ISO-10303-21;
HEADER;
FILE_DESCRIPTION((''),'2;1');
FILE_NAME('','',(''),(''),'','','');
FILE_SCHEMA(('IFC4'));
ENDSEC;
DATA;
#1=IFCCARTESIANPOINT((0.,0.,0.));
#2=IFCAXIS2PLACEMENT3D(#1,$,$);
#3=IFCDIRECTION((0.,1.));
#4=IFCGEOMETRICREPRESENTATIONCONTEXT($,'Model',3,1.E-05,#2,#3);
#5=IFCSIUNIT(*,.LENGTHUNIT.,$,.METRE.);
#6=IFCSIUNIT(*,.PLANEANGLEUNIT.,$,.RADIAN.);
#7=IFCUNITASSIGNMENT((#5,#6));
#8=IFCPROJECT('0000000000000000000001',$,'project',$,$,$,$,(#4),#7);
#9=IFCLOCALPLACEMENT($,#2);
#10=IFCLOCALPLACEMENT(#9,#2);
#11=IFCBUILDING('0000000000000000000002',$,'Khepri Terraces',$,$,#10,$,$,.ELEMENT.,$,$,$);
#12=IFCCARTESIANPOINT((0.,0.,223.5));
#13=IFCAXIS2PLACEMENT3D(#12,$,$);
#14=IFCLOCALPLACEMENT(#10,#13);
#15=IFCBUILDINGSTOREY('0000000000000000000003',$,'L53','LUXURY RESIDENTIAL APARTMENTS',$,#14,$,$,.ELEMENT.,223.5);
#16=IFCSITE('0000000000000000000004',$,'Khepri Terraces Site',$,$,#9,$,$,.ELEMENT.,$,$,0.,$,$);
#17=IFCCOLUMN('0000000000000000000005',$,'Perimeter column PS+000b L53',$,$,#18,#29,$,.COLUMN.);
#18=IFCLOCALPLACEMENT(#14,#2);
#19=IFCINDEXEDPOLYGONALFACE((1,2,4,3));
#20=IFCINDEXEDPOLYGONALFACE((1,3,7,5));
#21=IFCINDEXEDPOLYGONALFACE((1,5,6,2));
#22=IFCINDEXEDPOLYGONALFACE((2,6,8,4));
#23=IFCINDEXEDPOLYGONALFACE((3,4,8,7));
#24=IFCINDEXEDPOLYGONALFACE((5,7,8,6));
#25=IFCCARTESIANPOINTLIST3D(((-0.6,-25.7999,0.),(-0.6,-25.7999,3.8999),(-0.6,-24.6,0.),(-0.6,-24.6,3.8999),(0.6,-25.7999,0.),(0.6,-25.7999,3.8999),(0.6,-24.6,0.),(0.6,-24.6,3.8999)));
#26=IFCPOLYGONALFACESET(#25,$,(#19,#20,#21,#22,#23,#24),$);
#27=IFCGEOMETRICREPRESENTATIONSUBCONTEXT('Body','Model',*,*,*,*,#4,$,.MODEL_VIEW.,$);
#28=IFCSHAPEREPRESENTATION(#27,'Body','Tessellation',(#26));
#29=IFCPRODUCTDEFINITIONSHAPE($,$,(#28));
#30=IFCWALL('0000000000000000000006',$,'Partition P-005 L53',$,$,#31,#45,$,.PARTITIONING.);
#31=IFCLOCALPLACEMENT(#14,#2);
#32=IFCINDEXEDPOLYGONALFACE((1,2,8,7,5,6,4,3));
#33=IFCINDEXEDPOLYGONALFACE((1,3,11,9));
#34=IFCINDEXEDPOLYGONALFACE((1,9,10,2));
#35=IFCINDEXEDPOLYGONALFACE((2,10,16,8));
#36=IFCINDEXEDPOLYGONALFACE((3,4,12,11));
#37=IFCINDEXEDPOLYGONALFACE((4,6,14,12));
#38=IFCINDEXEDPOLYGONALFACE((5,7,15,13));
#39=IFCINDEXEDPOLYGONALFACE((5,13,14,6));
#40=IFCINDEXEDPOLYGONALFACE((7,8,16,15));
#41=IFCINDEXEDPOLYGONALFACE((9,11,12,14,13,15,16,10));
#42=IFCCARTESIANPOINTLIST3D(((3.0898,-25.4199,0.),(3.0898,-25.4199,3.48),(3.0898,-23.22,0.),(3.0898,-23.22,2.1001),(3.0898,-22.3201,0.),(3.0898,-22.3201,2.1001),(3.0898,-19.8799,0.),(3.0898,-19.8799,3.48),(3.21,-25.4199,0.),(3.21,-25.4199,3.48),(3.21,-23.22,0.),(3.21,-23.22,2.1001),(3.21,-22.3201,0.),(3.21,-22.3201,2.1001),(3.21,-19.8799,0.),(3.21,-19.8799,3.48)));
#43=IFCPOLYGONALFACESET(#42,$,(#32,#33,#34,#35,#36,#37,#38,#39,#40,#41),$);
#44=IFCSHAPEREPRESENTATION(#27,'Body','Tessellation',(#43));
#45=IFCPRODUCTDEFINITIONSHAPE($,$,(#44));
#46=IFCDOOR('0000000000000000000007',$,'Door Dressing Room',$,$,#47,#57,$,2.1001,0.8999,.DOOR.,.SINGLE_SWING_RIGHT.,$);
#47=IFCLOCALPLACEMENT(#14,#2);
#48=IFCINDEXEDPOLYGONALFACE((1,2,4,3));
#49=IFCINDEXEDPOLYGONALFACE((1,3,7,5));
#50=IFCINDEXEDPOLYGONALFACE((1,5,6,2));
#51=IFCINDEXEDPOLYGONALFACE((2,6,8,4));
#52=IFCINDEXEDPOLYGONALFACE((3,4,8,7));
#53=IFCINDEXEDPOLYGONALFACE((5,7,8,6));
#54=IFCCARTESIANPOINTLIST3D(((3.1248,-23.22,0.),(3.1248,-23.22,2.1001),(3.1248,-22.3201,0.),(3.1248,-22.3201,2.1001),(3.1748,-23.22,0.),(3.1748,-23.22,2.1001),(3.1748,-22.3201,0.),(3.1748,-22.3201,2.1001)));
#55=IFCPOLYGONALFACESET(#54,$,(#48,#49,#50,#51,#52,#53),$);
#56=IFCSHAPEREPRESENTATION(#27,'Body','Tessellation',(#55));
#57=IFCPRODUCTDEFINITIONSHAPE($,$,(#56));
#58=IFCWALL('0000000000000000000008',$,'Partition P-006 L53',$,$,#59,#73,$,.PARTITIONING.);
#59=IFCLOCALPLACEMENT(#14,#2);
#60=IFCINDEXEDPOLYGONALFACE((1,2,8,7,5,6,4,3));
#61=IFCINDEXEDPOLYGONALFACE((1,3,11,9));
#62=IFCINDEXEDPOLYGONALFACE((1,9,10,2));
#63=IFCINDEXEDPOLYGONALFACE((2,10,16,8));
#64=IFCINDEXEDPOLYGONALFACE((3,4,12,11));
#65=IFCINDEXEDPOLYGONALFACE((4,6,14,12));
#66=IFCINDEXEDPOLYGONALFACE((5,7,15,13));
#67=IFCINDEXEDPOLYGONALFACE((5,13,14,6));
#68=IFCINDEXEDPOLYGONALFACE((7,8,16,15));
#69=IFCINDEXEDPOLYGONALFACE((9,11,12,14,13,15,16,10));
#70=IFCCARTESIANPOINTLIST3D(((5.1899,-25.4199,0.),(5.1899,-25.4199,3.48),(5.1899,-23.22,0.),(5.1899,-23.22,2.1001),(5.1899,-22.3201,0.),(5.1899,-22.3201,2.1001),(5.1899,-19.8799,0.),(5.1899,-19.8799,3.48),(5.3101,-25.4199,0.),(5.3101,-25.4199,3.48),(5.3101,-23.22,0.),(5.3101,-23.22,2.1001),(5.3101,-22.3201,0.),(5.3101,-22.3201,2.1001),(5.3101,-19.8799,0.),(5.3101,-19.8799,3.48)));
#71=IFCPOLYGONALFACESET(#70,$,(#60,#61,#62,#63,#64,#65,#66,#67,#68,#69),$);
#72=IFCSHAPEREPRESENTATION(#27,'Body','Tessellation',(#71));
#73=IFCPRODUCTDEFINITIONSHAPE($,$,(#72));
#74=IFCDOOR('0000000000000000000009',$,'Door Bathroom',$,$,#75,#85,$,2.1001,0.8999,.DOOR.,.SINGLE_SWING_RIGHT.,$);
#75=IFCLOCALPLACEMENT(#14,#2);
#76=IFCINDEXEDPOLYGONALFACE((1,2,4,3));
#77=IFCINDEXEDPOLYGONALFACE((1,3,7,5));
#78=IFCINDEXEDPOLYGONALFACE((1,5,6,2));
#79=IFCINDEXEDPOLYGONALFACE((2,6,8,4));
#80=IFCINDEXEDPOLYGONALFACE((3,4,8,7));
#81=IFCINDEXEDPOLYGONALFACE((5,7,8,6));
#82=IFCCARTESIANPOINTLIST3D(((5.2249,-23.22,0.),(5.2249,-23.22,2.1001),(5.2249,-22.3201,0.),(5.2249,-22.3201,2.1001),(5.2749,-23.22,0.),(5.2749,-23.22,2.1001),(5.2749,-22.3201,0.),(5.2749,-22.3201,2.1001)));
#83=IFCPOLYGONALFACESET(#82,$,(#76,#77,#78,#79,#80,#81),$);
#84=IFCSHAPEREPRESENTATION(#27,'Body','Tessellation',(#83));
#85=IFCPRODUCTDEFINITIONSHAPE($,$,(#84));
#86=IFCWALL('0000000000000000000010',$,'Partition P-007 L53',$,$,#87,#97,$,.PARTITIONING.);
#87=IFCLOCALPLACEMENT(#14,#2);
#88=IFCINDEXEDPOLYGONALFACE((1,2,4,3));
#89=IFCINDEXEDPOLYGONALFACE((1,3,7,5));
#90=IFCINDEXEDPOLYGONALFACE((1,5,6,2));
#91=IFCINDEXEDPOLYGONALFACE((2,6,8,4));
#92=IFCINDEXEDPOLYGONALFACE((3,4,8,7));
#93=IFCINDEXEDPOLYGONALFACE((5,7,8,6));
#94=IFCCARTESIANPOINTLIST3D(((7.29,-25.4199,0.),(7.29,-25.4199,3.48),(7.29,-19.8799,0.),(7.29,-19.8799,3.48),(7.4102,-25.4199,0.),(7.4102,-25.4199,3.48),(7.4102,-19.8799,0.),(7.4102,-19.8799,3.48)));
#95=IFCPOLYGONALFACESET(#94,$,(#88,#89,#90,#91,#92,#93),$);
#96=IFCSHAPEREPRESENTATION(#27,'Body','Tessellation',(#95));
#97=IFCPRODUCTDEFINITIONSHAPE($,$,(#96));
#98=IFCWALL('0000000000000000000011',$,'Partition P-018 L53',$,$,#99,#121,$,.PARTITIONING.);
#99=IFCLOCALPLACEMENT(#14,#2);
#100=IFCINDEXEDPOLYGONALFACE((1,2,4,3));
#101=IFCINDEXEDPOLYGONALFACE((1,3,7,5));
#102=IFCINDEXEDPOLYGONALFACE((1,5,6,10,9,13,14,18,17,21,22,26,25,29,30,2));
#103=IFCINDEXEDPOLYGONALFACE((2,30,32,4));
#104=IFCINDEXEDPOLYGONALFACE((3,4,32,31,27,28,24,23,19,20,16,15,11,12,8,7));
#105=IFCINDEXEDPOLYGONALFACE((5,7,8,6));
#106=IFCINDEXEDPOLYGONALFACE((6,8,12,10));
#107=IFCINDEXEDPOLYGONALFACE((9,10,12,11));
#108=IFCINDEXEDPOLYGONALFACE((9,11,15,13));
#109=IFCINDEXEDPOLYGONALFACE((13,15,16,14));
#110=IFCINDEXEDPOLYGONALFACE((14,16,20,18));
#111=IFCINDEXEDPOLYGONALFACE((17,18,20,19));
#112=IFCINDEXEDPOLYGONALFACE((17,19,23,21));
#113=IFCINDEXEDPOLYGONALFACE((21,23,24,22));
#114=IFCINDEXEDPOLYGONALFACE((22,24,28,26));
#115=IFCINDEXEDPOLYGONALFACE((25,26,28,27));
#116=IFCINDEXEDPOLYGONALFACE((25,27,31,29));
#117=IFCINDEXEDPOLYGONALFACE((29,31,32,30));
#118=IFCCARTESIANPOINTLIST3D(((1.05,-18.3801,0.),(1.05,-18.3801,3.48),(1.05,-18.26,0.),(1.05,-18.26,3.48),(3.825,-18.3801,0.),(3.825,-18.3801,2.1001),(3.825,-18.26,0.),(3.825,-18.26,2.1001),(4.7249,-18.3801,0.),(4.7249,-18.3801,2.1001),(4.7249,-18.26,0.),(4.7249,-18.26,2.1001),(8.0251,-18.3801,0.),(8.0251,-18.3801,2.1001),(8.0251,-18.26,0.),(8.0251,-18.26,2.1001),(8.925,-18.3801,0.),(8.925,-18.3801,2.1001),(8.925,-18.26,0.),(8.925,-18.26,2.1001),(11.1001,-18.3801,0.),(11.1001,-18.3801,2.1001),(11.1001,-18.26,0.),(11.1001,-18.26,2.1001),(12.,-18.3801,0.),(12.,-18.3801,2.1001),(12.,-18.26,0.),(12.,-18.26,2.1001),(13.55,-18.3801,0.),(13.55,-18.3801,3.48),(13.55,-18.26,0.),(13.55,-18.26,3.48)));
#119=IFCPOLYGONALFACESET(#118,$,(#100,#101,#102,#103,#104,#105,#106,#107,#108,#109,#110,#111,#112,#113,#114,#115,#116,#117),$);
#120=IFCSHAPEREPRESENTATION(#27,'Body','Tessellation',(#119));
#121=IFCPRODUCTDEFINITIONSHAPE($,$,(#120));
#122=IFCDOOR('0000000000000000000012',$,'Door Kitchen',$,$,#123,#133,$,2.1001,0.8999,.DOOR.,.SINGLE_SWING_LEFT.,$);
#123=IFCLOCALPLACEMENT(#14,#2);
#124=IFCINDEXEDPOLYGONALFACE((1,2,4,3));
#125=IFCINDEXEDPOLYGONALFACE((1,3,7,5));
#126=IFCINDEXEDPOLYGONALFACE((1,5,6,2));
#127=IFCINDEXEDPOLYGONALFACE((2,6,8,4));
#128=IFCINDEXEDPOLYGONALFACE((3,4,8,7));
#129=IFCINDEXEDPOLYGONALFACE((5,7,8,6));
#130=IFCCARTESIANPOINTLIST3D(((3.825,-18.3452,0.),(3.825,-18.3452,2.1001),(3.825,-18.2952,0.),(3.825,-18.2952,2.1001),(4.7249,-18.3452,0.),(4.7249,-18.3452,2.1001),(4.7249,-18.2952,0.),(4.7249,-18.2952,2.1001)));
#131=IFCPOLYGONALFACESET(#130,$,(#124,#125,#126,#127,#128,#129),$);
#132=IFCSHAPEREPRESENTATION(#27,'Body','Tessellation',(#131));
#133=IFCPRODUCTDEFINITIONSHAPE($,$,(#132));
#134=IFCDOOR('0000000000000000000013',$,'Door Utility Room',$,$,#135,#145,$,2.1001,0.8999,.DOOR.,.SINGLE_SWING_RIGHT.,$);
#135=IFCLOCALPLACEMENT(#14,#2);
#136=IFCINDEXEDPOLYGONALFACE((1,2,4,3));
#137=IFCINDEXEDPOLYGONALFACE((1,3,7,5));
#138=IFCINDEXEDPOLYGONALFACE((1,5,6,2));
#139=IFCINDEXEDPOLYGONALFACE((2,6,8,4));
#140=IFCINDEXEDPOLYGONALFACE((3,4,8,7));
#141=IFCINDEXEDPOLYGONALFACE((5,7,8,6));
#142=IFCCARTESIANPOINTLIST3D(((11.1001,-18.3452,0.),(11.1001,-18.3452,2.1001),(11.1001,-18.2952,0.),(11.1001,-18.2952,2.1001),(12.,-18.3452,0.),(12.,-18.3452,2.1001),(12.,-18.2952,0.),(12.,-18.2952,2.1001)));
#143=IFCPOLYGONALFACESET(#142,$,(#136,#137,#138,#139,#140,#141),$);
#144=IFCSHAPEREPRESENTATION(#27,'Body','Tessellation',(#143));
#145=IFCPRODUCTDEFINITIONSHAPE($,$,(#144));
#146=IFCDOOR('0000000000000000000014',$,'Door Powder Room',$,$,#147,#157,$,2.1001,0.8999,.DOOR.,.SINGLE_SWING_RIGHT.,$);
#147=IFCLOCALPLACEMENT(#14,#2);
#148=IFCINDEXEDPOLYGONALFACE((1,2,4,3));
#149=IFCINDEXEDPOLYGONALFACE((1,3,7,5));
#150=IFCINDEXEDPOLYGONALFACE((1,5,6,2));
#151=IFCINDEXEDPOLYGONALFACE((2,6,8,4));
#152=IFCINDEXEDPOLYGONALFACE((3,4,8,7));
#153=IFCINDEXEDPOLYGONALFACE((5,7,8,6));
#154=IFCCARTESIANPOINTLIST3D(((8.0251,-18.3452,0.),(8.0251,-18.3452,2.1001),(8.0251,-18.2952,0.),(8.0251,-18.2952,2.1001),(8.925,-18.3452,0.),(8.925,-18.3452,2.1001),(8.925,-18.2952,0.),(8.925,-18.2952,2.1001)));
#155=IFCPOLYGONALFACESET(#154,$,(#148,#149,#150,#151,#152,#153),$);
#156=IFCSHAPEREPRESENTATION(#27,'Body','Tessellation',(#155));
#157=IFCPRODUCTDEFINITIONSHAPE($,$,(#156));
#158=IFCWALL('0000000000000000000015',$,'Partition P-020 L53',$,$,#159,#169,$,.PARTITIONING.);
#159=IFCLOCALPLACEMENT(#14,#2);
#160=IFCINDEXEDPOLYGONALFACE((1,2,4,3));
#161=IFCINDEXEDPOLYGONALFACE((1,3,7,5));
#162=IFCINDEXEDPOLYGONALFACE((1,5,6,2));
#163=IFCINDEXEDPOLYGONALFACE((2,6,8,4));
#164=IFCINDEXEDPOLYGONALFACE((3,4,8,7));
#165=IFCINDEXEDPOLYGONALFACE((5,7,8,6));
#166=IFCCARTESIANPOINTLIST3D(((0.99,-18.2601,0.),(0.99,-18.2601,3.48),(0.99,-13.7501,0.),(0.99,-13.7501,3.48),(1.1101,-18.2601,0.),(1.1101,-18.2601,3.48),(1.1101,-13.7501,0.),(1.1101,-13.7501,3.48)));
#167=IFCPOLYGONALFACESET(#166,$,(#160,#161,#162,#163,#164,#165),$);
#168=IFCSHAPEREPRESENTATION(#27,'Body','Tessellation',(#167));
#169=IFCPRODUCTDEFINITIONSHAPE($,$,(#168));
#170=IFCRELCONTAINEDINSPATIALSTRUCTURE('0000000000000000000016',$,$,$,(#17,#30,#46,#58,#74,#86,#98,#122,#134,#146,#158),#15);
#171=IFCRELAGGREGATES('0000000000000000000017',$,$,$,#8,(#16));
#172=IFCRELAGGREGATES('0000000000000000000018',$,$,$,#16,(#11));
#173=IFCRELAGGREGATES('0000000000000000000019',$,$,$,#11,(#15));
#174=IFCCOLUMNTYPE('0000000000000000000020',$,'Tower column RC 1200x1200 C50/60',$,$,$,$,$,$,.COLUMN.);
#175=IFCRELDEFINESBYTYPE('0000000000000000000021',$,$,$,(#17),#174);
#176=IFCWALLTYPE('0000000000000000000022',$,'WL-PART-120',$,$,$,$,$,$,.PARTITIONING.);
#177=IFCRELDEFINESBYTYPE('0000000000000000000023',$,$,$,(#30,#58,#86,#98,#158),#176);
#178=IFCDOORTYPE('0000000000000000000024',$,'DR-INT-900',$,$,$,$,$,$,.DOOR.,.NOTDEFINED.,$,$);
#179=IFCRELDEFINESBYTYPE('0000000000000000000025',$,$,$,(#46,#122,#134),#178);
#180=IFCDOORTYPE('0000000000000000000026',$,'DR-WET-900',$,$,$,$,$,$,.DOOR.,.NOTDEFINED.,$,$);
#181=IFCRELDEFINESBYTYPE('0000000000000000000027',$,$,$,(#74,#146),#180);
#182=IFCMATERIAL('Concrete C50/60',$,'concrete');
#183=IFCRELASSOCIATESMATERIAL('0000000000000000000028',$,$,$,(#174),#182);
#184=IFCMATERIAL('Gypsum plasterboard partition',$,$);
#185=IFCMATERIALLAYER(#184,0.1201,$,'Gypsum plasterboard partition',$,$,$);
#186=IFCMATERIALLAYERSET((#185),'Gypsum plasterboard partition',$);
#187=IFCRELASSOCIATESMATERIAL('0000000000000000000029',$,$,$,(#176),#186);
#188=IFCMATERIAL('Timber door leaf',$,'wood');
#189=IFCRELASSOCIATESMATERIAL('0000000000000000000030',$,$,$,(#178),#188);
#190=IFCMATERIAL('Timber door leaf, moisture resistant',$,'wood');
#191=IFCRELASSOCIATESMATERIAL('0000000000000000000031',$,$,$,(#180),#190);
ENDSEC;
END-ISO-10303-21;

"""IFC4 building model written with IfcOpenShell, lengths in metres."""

from ifc_helpers import new_model, si_unit, direction, frame, frame_2d, origin, origin_2d, place, context, subcontext, project, spatial, rectangle, extrude, material, layer, layer_set, material_profile, profile_set, type_object, element, fill, save


model = new_model("IFC4")

# Units and contexts
model_context = context("Model", 3, precision=1e-05, world=origin(), true_north=direction((0.0, 1.0)))
body_context = subcontext(model_context, "Body", "Model", "MODEL_VIEW")
ifc_project = project(units=[si_unit("LENGTHUNIT", "METRE"), si_unit("PLANEANGLEUNIT", "RADIAN")], contexts=[model_context])

# Site, building, storey
site_placement = place(None, origin())
site = spatial("IfcSite", under=ifc_project, at=site_placement, Name="Khepri Terraces Site", CompositionType="ELEMENT", RefElevation=0.0)
building_placement = place(site_placement, origin())
building = spatial("IfcBuilding", under=site, at=building_placement, Name="Khepri Terraces", CompositionType="ELEMENT")
storey_placement = place(building_placement, frame((0.0, 0.0, 223.5)))
storey = spatial("IfcBuildingStorey", under=building, at=storey_placement, Name="L53", Description="LUXURY RESIDENTIAL APARTMENTS", CompositionType="ELEMENT", Elevation=223.5)

# Column
ifc_material_1 = material(Name="Concrete C50/60", Category="concrete")
ifc_material_profile = material_profile(ifc_material_1, rectangle(XDim=1.2, YDim=1.2, at=origin_2d()), Name="Concrete C50/60", Category="concrete")
ifc_profile_set = profile_set([ifc_material_profile], Name="Concrete C50/60")
column_type = type_object("IfcColumnType", Name="Tower column RC 1200x1200 C50/60", PredefinedType="COLUMN", material=ifc_profile_set)
column_placement = place(storey_placement, frame((0.0, -25.2, 0.0), z_axis=(0.0, 0.0, 1.0), x_axis=(1.0, 0.0, 0.0)))
element("IfcColumn", 1, at=column_placement, inside=storey, type_object=column_type, Name="Perimeter column PS+000b L53", PredefinedType="COLUMN", context=body_context, shape_type="SweptSolid", body=[
    extrude(rectangle(XDim=1.2, YDim=1.2, at=origin_2d()), origin(), (0.0, 0.0, 1.0), 3.8999),
])

# Walls, openings, doors
ifc_material_2 = material(Name="Gypsum plasterboard partition")
ifc_layer_1 = layer(ifc_material_2, 0.1201, Name="Gypsum plasterboard partition")
ifc_layer_set_1 = layer_set([ifc_layer_1], Name="Gypsum plasterboard partition")
wall_type_1 = type_object("IfcWallType", Name="WL-PART-120", PredefinedType="PARTITIONING", material=ifc_layer_set_1)
wall_1_placement = place(storey_placement, frame((3.1499, -25.4199, 0.0), z_axis=(0.0, 0.0, 1.0), x_axis=(0.0, 1.0, 0.0)))
wall_1 = element("IfcWall", 2, at=wall_1_placement, inside=storey, type_object=wall_type_1, Name="Partition P-005 L53", PredefinedType="PARTITIONING", context=body_context, shape_type="SweptSolid", body=[
    extrude(rectangle(XDim=5.54, YDim=0.1201, at=frame_2d((2.77, 0.0))), origin(), (0.0, 0.0, 1.0), 3.48),
])
opening_1_placement = place(wall_1_placement, frame((2.2, 0.0, 0.0)))
opening_1 = element("IfcOpeningElement", 3, at=opening_1_placement, cuts=wall_1, PredefinedType="OPENING", context=body_context, shape_type="SweptSolid", body=[
    extrude(rectangle(XDim=0.8999, YDim=2.1001, at=frame_2d((0.45, 1.05))), frame((0.0, 0.0701, 0.0), z_axis=(0.0, -1.0, 0.0), x_axis=(1.0, 0.0, 0.0)), (0.0, 0.0, 1.0), 0.1401),
])
ifc_material_3 = material(Name="Timber door leaf", Category="wood")
door_type_1 = type_object("IfcDoorType", Name="DR-INT-900", OperationType="NOTDEFINED", PredefinedType="DOOR", material=ifc_material_3)
door_1_placement = place(opening_1_placement, frame((0.8999, 0.0, 0.0), z_axis=(0.0, 0.0, 1.0), x_axis=(-1.0, 0.0, 0.0)))
door_1 = element("IfcDoor", 4, at=door_1_placement, inside=storey, type_object=door_type_1, Name="Door Dressing Room", OperationType="SINGLE_SWING_RIGHT", OverallHeight=2.1001, OverallWidth=0.8999, PredefinedType="DOOR", context=body_context, shape_type="SweptSolid", body=[
    extrude(rectangle(XDim=0.8999, YDim=2.1001, at=frame_2d((0.45, 1.05))), frame((0.0, 0.0249, 0.0), z_axis=(0.0, -1.0, 0.0), x_axis=(1.0, 0.0, 0.0)), (0.0, 0.0, 1.0), 0.05),
])
fill(opening_1, door_1)
wall_2_placement = place(storey_placement, frame((5.25, -25.4199, 0.0), z_axis=(0.0, 0.0, 1.0), x_axis=(0.0, 1.0, 0.0)))
wall_2 = element("IfcWall", 5, at=wall_2_placement, inside=storey, type_object=wall_type_1, Name="Partition P-006 L53", PredefinedType="PARTITIONING", context=body_context, shape_type="SweptSolid", body=[
    extrude(rectangle(XDim=5.54, YDim=0.1201, at=frame_2d((2.77, 0.0))), origin(), (0.0, 0.0, 1.0), 3.48),
])
opening_2_placement = place(wall_2_placement, frame((2.2, 0.0, 0.0)))
opening_2 = element("IfcOpeningElement", 6, at=opening_2_placement, cuts=wall_2, PredefinedType="OPENING", context=body_context, shape_type="SweptSolid", body=[
    extrude(rectangle(XDim=0.8999, YDim=2.1001, at=frame_2d((0.45, 1.05))), frame((0.0, 0.0701, 0.0), z_axis=(0.0, -1.0, 0.0), x_axis=(1.0, 0.0, 0.0)), (0.0, 0.0, 1.0), 0.1401),
])
ifc_material_4 = material(Name="Timber door leaf, moisture resistant", Category="wood")
door_type_2 = type_object("IfcDoorType", Name="DR-WET-900", OperationType="NOTDEFINED", PredefinedType="DOOR", material=ifc_material_4)
door_2_placement = place(opening_2_placement, frame((0.8999, 0.0, 0.0), z_axis=(0.0, 0.0, 1.0), x_axis=(-1.0, 0.0, 0.0)))
door_2 = element("IfcDoor", 7, at=door_2_placement, inside=storey, type_object=door_type_2, Name="Door Bathroom", OperationType="SINGLE_SWING_RIGHT", OverallHeight=2.1001, OverallWidth=0.8999, PredefinedType="DOOR", context=body_context, shape_type="SweptSolid", body=[
    extrude(rectangle(XDim=0.8999, YDim=2.1001, at=frame_2d((0.45, 1.05))), frame((0.0, 0.0249, 0.0), z_axis=(0.0, -1.0, 0.0), x_axis=(1.0, 0.0, 0.0)), (0.0, 0.0, 1.0), 0.05),
])
fill(opening_2, door_2)

# Wall
wall_3_placement = place(storey_placement, frame((7.3501, -25.4199, 0.0), z_axis=(0.0, 0.0, 1.0), x_axis=(0.0, 1.0, 0.0)))
element("IfcWall", 8, at=wall_3_placement, inside=storey, type_object=wall_type_1, Name="Partition P-007 L53", PredefinedType="PARTITIONING", context=body_context, shape_type="SweptSolid", body=[
    extrude(rectangle(XDim=5.54, YDim=0.1201, at=frame_2d((2.77, 0.0))), origin(), (0.0, 0.0, 1.0), 3.48),
])

# Wall, openings, doors
wall_4_placement = place(storey_placement, frame((1.05, -18.3201, 0.0), z_axis=(0.0, 0.0, 1.0), x_axis=(1.0, 0.0, 0.0)))
wall_4 = element("IfcWall", 9, at=wall_4_placement, inside=storey, type_object=wall_type_1, Name="Partition P-018 L53", PredefinedType="PARTITIONING", context=body_context, shape_type="SweptSolid", body=[
    extrude(rectangle(XDim=12.5, YDim=0.1201, at=frame_2d((6.25, 0.0))), origin(), (0.0, 0.0, 1.0), 3.48),
])
opening_3_placement = place(wall_4_placement, frame((2.7749, 0.0, 0.0)))
opening_3 = element("IfcOpeningElement", 10, at=opening_3_placement, cuts=wall_4, PredefinedType="OPENING", context=body_context, shape_type="SweptSolid", body=[
    extrude(rectangle(XDim=0.8999, YDim=2.1001, at=frame_2d((0.45, 1.05))), frame((0.0, 0.0701, 0.0), z_axis=(0.0, -1.0, 0.0), x_axis=(1.0, 0.0, 0.0)), (0.0, 0.0, 1.0), 0.1401),
])
opening_4_placement = place(wall_4_placement, frame((6.9751, 0.0, 0.0)))
opening_4 = element("IfcOpeningElement", 11, at=opening_4_placement, cuts=wall_4, PredefinedType="OPENING", context=body_context, shape_type="SweptSolid", body=[
    extrude(rectangle(XDim=0.8999, YDim=2.1001, at=frame_2d((0.45, 1.05))), frame((0.0, 0.0701, 0.0), z_axis=(0.0, -1.0, 0.0), x_axis=(1.0, 0.0, 0.0)), (0.0, 0.0, 1.0), 0.1401),
])
opening_5_placement = place(wall_4_placement, frame((10.05, 0.0, 0.0)))
opening_5 = element("IfcOpeningElement", 12, at=opening_5_placement, cuts=wall_4, PredefinedType="OPENING", context=body_context, shape_type="SweptSolid", body=[
    extrude(rectangle(XDim=0.8999, YDim=2.1001, at=frame_2d((0.45, 1.05))), frame((0.0, 0.0701, 0.0), z_axis=(0.0, -1.0, 0.0), x_axis=(1.0, 0.0, 0.0)), (0.0, 0.0, 1.0), 0.1401),
])
door_3_placement = place(opening_3_placement, origin())
door_3 = element("IfcDoor", 13, at=door_3_placement, inside=storey, type_object=door_type_1, Name="Door Kitchen", OperationType="SINGLE_SWING_LEFT", OverallHeight=2.1001, OverallWidth=0.8999, PredefinedType="DOOR", context=body_context, shape_type="SweptSolid", body=[
    extrude(rectangle(XDim=0.8999, YDim=2.1001, at=frame_2d((0.45, 1.05))), frame((0.0, 0.0249, 0.0), z_axis=(0.0, -1.0, 0.0), x_axis=(1.0, 0.0, 0.0)), (0.0, 0.0, 1.0), 0.05),
])
fill(opening_3, door_3)
door_4_placement = place(opening_5_placement, origin())
door_4 = element("IfcDoor", 14, at=door_4_placement, inside=storey, type_object=door_type_1, Name="Door Utility Room", OperationType="SINGLE_SWING_RIGHT", OverallHeight=2.1001, OverallWidth=0.8999, PredefinedType="DOOR", context=body_context, shape_type="SweptSolid", body=[
    extrude(rectangle(XDim=0.8999, YDim=2.1001, at=frame_2d((0.45, 1.05))), frame((0.0, 0.0249, 0.0), z_axis=(0.0, -1.0, 0.0), x_axis=(1.0, 0.0, 0.0)), (0.0, 0.0, 1.0), 0.05),
])
fill(opening_5, door_4)
door_5_placement = place(opening_4_placement, origin())
door_5 = element("IfcDoor", 15, at=door_5_placement, inside=storey, type_object=door_type_2, Name="Door Powder Room", OperationType="SINGLE_SWING_RIGHT", OverallHeight=2.1001, OverallWidth=0.8999, PredefinedType="DOOR", context=body_context, shape_type="SweptSolid", body=[
    extrude(rectangle(XDim=0.8999, YDim=2.1001, at=frame_2d((0.45, 1.05))), frame((0.0, 0.0249, 0.0), z_axis=(0.0, -1.0, 0.0), x_axis=(1.0, 0.0, 0.0)), (0.0, 0.0, 1.0), 0.05),
])
fill(opening_4, door_5)

# Wall
wall_5_placement = place(storey_placement, frame((1.05, -18.26, 0.0), z_axis=(0.0, 0.0, 1.0), x_axis=(0.0, 1.0, 0.0)))
element("IfcWall", 16, at=wall_5_placement, inside=storey, type_object=wall_type_1, Name="Partition P-020 L53", PredefinedType="PARTITIONING", context=body_context, shape_type="SweptSolid", body=[
    extrude(rectangle(XDim=4.51, YDim=0.1201, at=frame_2d((2.2549, 0.0))), origin(), (0.0, 0.0, 1.0), 3.48),
])

save(model, "model.ifc")
